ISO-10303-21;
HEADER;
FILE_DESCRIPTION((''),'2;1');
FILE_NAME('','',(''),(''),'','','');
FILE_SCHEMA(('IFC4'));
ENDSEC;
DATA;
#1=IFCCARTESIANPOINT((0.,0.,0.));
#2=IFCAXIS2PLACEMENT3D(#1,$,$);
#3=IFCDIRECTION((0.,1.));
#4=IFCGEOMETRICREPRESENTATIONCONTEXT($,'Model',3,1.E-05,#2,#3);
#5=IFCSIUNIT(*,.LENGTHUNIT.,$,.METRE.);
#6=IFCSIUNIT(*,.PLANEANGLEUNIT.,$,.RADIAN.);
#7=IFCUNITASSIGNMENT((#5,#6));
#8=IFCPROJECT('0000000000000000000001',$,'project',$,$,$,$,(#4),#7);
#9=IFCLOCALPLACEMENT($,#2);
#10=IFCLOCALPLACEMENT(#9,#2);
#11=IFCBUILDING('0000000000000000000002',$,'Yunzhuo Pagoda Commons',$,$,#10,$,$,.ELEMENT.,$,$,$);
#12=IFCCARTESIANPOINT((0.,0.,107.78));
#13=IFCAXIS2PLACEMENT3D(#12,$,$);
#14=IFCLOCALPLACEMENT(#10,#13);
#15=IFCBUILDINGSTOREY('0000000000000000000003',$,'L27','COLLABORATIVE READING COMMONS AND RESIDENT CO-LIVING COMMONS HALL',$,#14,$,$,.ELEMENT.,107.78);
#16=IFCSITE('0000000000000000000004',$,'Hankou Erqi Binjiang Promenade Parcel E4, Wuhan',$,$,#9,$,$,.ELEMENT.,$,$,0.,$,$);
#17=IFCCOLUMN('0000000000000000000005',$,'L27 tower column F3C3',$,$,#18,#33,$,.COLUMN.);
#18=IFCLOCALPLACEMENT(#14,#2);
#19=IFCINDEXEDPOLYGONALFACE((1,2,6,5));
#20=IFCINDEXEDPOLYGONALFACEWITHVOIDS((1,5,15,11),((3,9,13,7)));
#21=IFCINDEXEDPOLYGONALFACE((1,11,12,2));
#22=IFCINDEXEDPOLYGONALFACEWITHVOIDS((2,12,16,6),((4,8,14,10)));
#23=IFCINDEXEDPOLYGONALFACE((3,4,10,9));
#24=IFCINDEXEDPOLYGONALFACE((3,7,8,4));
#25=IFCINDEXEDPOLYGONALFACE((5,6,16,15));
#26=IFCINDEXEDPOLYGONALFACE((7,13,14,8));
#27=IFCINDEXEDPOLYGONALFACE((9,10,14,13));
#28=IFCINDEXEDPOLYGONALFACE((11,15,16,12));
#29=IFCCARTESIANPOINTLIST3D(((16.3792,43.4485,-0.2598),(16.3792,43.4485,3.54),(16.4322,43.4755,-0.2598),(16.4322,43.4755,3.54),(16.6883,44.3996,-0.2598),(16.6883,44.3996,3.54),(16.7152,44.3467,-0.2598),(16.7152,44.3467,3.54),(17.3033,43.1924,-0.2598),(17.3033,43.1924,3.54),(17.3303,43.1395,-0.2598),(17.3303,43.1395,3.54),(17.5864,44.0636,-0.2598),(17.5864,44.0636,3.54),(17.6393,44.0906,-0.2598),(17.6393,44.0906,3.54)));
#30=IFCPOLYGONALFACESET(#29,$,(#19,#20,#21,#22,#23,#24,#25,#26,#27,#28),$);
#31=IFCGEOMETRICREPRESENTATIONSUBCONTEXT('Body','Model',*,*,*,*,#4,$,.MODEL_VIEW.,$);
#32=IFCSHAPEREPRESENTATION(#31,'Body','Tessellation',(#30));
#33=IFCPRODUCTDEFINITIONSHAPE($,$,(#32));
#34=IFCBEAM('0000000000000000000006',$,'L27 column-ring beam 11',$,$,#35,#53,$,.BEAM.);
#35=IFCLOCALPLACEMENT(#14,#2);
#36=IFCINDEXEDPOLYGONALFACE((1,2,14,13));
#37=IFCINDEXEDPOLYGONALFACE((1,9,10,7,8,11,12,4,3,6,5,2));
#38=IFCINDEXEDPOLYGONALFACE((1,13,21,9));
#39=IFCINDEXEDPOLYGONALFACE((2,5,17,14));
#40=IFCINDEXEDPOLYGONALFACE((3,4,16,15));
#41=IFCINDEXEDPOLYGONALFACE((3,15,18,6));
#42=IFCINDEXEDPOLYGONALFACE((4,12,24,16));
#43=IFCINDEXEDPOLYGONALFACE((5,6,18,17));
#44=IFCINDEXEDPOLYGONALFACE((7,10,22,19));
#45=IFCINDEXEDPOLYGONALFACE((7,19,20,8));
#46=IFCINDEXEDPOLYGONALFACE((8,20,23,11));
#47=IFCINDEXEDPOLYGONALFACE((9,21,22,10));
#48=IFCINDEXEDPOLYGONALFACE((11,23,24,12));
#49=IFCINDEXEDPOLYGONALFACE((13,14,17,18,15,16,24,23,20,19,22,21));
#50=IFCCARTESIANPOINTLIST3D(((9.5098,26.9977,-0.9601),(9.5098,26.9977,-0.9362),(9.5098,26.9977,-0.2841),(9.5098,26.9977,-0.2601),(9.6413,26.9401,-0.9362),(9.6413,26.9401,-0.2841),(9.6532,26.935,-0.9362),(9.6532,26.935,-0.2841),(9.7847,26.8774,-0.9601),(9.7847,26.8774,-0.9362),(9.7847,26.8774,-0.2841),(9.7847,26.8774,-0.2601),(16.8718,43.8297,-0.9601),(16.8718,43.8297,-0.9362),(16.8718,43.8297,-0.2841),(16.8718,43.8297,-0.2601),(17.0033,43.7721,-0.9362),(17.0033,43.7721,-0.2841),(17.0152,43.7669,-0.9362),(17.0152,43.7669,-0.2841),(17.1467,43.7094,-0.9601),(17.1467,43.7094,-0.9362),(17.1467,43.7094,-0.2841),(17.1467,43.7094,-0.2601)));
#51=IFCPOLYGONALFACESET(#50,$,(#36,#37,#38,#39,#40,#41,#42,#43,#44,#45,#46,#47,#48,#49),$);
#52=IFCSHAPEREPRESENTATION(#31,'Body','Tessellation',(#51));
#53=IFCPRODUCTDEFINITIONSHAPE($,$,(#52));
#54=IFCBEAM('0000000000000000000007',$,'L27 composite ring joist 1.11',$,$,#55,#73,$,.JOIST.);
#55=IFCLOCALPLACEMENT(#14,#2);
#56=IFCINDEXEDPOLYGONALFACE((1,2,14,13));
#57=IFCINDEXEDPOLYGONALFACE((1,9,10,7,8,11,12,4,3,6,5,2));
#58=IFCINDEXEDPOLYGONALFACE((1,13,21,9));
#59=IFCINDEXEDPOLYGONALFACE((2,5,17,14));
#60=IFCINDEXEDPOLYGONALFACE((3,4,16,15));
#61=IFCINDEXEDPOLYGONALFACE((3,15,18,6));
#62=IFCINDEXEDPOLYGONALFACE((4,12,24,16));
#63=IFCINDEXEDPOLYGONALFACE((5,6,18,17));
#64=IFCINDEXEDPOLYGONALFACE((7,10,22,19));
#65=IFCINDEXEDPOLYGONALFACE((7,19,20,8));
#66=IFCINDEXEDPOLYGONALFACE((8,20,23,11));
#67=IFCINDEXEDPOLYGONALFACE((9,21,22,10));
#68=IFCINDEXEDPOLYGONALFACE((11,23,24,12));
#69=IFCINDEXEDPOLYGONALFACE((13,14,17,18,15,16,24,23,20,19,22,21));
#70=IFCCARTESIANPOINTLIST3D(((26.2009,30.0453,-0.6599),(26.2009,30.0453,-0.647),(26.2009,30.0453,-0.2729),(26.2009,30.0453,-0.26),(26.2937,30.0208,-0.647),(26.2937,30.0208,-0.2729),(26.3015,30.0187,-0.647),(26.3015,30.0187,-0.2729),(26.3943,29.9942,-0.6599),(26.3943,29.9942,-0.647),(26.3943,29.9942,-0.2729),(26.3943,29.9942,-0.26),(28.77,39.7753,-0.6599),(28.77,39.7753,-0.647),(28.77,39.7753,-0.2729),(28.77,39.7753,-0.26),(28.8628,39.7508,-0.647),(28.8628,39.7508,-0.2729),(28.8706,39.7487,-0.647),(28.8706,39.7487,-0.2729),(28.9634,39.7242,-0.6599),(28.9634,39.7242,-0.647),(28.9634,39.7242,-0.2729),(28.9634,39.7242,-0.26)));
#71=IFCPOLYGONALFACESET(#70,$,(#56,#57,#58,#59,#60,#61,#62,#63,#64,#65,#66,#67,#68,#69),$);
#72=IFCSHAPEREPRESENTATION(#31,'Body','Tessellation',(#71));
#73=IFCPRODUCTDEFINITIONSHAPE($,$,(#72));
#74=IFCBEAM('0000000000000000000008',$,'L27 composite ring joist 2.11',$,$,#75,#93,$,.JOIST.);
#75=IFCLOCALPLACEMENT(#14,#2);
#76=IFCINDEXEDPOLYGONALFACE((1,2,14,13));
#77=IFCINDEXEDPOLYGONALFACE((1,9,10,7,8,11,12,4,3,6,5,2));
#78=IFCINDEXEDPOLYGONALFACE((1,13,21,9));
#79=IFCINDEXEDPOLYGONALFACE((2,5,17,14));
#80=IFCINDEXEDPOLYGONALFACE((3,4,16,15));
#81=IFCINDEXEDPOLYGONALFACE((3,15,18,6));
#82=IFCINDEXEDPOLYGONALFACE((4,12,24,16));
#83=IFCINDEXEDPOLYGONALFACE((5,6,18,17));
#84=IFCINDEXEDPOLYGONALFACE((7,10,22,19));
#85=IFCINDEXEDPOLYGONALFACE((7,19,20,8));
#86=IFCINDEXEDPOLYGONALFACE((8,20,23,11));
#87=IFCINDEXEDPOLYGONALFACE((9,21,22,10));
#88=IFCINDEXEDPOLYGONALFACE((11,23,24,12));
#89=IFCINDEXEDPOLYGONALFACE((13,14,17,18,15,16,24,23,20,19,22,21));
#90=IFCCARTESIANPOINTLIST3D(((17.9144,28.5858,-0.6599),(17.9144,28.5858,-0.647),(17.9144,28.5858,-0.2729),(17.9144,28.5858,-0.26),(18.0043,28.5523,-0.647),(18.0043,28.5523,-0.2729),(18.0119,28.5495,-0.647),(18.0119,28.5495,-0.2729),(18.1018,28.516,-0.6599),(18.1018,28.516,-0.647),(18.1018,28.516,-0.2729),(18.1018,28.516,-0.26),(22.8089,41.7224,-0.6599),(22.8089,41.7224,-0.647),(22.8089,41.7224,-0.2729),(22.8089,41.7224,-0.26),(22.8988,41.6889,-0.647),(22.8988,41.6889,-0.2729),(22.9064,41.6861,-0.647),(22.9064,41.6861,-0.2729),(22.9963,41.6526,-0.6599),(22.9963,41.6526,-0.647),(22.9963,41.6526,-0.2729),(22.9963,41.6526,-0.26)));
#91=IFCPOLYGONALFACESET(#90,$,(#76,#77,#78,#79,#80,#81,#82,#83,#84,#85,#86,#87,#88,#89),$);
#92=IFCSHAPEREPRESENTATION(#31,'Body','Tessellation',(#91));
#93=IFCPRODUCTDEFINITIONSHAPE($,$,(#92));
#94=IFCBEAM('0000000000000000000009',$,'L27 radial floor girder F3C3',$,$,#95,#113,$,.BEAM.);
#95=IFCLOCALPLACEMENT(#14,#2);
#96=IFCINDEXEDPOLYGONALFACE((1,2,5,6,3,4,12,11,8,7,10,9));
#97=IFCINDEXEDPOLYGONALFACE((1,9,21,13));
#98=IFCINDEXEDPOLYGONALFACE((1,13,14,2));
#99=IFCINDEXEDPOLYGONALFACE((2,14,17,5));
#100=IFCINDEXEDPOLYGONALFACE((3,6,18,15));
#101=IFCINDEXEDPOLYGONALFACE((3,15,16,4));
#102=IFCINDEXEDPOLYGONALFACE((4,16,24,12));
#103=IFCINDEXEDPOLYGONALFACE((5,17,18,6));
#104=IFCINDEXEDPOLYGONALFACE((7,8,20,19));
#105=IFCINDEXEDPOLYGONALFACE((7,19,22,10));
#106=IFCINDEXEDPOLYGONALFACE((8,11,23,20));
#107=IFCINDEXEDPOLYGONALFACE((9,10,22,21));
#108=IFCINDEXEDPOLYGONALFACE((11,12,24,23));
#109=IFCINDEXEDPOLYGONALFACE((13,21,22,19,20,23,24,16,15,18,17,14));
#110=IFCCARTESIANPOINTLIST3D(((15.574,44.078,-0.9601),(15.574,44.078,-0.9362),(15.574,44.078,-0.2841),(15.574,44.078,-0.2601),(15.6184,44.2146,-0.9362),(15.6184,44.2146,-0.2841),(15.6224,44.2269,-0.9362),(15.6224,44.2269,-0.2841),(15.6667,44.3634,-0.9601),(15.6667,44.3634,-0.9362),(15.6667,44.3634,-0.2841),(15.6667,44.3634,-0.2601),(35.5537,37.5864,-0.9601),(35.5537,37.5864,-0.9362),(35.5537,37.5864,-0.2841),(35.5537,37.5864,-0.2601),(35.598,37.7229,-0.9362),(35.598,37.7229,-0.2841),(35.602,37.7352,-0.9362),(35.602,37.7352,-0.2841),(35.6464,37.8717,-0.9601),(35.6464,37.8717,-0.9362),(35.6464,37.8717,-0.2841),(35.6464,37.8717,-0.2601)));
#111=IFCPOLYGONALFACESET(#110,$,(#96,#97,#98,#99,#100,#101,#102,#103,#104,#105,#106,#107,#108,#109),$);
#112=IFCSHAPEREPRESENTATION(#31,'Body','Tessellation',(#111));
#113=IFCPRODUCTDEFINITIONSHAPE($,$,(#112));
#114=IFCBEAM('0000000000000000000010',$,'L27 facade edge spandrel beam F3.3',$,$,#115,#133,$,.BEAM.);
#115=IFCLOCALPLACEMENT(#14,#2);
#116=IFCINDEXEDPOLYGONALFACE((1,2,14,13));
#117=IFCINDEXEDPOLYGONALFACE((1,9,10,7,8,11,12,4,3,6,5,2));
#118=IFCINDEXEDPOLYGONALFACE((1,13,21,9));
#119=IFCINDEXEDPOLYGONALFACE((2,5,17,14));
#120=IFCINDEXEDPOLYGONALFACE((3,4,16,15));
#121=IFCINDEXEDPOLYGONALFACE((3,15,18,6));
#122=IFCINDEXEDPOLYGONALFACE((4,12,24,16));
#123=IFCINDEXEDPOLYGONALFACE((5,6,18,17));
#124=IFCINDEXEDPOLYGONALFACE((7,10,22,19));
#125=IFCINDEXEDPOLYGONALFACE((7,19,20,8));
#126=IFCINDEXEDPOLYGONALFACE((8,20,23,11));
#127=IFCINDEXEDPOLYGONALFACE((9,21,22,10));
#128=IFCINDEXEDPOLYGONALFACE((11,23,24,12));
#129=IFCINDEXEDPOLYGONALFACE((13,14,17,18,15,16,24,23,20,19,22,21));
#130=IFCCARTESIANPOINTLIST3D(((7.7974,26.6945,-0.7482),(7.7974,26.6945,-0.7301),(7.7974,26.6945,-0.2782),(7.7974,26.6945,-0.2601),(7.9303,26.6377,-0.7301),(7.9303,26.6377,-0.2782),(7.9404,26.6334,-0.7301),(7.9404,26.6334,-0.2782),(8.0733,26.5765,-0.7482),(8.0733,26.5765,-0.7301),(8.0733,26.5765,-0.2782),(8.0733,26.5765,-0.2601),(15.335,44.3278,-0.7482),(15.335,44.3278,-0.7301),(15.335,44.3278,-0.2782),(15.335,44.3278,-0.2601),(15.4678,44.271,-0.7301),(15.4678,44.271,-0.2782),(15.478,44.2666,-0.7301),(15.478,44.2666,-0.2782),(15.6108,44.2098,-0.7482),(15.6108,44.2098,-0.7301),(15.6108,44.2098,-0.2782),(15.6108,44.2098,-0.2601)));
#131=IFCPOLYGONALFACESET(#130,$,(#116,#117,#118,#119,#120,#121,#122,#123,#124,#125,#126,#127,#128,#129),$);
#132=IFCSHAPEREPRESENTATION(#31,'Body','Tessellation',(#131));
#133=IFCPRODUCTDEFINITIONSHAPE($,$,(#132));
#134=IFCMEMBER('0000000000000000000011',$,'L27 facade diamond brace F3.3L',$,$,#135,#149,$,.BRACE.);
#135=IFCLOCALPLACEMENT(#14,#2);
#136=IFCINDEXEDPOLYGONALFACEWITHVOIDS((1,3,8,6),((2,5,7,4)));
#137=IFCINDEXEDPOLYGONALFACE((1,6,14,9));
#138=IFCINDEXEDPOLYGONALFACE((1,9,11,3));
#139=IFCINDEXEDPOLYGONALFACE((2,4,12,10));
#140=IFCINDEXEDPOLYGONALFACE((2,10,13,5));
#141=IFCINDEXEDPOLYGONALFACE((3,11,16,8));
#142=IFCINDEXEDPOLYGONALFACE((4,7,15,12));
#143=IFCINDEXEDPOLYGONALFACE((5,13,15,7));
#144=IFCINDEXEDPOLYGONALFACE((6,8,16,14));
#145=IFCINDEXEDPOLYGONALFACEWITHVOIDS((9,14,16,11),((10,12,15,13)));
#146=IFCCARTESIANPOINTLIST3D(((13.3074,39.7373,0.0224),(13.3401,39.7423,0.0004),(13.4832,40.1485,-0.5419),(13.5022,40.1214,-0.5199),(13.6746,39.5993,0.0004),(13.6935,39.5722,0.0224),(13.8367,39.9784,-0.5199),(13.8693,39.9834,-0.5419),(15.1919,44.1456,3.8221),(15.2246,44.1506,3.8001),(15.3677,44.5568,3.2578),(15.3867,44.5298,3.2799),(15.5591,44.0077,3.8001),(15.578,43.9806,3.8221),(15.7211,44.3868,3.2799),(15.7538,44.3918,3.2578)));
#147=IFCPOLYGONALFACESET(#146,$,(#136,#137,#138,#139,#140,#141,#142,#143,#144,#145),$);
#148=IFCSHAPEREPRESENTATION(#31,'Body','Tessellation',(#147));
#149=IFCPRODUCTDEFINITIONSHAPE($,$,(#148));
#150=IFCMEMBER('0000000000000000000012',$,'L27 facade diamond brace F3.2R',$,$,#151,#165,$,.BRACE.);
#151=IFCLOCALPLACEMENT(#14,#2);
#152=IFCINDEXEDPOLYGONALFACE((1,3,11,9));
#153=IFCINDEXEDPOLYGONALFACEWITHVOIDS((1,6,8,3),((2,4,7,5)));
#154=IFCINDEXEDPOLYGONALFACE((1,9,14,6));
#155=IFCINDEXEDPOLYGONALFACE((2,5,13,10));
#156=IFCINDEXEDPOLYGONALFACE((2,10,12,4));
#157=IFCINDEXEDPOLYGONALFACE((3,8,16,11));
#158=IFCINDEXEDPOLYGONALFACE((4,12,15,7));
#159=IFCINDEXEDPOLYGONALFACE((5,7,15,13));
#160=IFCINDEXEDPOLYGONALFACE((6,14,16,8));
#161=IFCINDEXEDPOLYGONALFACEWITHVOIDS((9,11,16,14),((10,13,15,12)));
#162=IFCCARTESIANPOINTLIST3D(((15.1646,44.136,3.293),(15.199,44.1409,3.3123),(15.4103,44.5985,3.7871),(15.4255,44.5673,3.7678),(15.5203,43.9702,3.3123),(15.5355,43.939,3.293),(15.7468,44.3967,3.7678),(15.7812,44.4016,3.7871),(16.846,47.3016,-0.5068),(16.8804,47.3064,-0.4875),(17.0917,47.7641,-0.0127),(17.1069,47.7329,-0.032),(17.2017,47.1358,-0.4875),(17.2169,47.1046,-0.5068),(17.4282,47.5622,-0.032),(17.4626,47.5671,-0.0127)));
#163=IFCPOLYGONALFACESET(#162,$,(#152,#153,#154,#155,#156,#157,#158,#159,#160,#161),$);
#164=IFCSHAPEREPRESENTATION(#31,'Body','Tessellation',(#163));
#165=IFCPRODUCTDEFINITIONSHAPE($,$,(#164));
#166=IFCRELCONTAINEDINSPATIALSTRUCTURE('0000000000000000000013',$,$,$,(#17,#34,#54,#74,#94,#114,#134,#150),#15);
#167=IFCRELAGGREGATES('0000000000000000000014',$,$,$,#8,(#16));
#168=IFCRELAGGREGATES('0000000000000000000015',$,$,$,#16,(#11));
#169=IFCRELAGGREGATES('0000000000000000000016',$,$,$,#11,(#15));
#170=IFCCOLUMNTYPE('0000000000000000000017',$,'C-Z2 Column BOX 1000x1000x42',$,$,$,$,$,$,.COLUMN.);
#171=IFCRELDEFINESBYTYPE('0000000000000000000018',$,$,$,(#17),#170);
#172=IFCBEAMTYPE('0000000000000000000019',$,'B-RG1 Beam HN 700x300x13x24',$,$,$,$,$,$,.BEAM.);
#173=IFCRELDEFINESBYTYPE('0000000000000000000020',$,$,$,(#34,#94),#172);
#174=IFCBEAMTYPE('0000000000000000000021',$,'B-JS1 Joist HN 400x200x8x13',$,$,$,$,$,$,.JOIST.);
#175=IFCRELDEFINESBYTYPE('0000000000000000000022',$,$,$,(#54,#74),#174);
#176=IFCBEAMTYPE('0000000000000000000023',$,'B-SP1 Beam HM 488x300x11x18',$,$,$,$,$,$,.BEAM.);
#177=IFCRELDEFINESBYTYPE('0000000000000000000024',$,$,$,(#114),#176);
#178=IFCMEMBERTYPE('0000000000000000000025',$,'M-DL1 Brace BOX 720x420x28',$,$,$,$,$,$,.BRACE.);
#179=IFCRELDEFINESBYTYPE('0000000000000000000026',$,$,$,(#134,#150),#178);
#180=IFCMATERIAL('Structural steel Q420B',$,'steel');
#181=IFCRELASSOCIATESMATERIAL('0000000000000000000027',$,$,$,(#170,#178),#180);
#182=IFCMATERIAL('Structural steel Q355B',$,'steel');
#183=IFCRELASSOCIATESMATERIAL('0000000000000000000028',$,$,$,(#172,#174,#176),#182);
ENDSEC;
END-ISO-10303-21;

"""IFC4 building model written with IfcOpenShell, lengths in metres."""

from ifc_helpers import new_model, si_unit, direction, frame, origin, origin_2d, place, context, subcontext, project, spatial, hollow_rectangle, i_section, extrude, source, transform, mapped, material, material_profile, profile_set, type_object, element, save


model = new_model("IFC4")

# Units and contexts
model_context = context("Model", 3, precision=1e-05, world=origin(), true_north=direction((0.0, 1.0)))
body_context = subcontext(model_context, "Body", "Model", "MODEL_VIEW")
ifc_project = project(units=[si_unit("LENGTHUNIT", "METRE"), si_unit("PLANEANGLEUNIT", "RADIAN")], contexts=[model_context])

# Site, building, storey
site_placement = place(None, origin())
site = spatial("IfcSite", under=ifc_project, at=site_placement, Name="Hankou Erqi Binjiang Promenade Parcel E4, Wuhan", CompositionType="ELEMENT", RefElevation=0.0)
building_placement = place(site_placement, origin())
building = spatial("IfcBuilding", under=site, at=building_placement, Name="Yunzhuo Pagoda Commons", CompositionType="ELEMENT")
storey_placement = place(building_placement, frame((0.0, 0.0, 107.78)))
storey = spatial("IfcBuildingStorey", under=building, at=storey_placement, Name="L27", Description="COLLABORATIVE READING COMMONS AND RESIDENT CO-LIVING COMMONS HALL", CompositionType="ELEMENT", Elevation=107.78)

# Column
ifc_material_1 = material(Name="Structural steel Q420B", Category="steel")
ifc_material_profile_1 = material_profile(ifc_material_1, hollow_rectangle(XDim=1.0, YDim=1.0, WallThickness=0.042, at=origin_2d()), Name="Structural steel Q420B")
ifc_profile_set_1 = profile_set([ifc_material_profile_1], Name="Structural steel Q420B")
column_type = type_object("IfcColumnType", Name="C-Z2 Column BOX 1000x1000x42", PredefinedType="COLUMN", material=ifc_profile_set_1)
shared_shape_1 = source(origin(), body_context, "Body", "SweptSolid", [
    extrude(hollow_rectangle(XDim=1.0, YDim=1.0, WallThickness=0.042, at=origin_2d()), origin(), (0.0, 0.0, 1.0), 3.7998),
])
column_placement = place(storey_placement, frame((17.0093, 43.7695, -0.2598), z_axis=(0.0, 0.0, 1.0), x_axis=(-0.309017, -0.951057, 0.0)))
element("IfcColumn", 1, at=column_placement, inside=storey, type_object=column_type, Name="L27 tower column F3C3", PredefinedType="COLUMN", context=body_context, shape_type="MappedRepresentation", body=[
    mapped(shared_shape_1, transform((0.0, 0.0, 0.0), scale=1.0)),
])

# Beams
ifc_material_2 = material(Name="Structural steel Q355B", Category="steel")
ifc_material_profile_2 = material_profile(ifc_material_2, i_section(OverallWidth=0.3, OverallDepth=0.7, WebThickness=0.0129, FlangeThickness=0.0239, at=origin_2d()), Name="Structural steel Q355B")
ifc_profile_set_2 = profile_set([ifc_material_profile_2], Name="Structural steel Q355B")
beam_type_1 = type_object("IfcBeamType", Name="B-RG1 Beam HN 700x300x13x24", PredefinedType="BEAM", material=ifc_profile_set_2)
shared_shape_2 = source(origin(), body_context, "Body", "SweptSolid", [
    extrude(i_section(OverallWidth=0.3, OverallDepth=0.7, WebThickness=0.0129, FlangeThickness=0.0239, at=origin_2d()), origin(), (0.0, 0.0, 1.0), 18.3716),
])
beam_1_placement = place(storey_placement, frame((17.0093, 43.7695, -0.6101), z_axis=(-0.40073, -0.916196, 0.0), x_axis=(0.916196, -0.40073, 0.0)))
element("IfcBeam", 2, at=beam_1_placement, inside=storey, type_object=beam_type_1, Name="L27 column-ring beam 11", PredefinedType="BEAM", context=body_context, shape_type="MappedRepresentation", body=[
    mapped(shared_shape_2, transform((0.0, 0.0, 0.0), scale=1.0)),
])
ifc_material_profile_3 = material_profile(ifc_material_2, i_section(OverallWidth=0.2, OverallDepth=0.3999, WebThickness=0.0081, FlangeThickness=0.0129, at=origin_2d()), Name="Structural steel Q355B")
ifc_profile_set_3 = profile_set([ifc_material_profile_3], Name="Structural steel Q355B")
beam_type_2 = type_object("IfcBeamType", Name="B-JS1 Joist HN 400x200x8x13", PredefinedType="JOIST", material=ifc_profile_set_3)
shared_shape_3 = source(origin(), body_context, "Body", "SweptSolid", [
    extrude(i_section(OverallWidth=0.2, OverallDepth=0.3999, WebThickness=0.0081, FlangeThickness=0.0129, at=origin_2d()), origin(), (0.0, 0.0, 1.0), 10.0635),
])
beam_2_placement = place(storey_placement, frame((28.8667, 39.7498, -0.46), z_axis=(-0.25529, -0.966865, 0.0), x_axis=(0.966865, -0.25529, 0.0)))
element("IfcBeam", 3, at=beam_2_placement, inside=storey, type_object=beam_type_2, Name="L27 composite ring joist 1.11", PredefinedType="JOIST", context=body_context, shape_type="MappedRepresentation", body=[
    mapped(shared_shape_3, transform((0.0, 0.0, 0.0), scale=1.0)),
])
shared_shape_4 = source(origin(), body_context, "Body", "SweptSolid", [
    extrude(i_section(OverallWidth=0.2, OverallDepth=0.3999, WebThickness=0.0081, FlangeThickness=0.0129, at=origin_2d()), origin(), (0.0, 0.0, 1.0), 14.0188),
])
beam_3_placement = place(storey_placement, frame((22.9026, 41.6875, -0.46), z_axis=(-0.349138, -0.937071, 0.0), x_axis=(0.937071, -0.349138, 0.0)))
element("IfcBeam", 4, at=beam_3_placement, inside=storey, type_object=beam_type_2, Name="L27 composite ring joist 2.11", PredefinedType="JOIST", context=body_context, shape_type="MappedRepresentation", body=[
    mapped(shared_shape_4, transform((0.0, 0.0, 0.0), scale=1.0)),
])
shared_shape_5 = source(origin(), body_context, "Body", "SweptSolid", [
    extrude(i_section(OverallWidth=0.3, OverallDepth=0.7, WebThickness=0.0129, FlangeThickness=0.0239, at=origin_2d()), origin(), (0.0, 0.0, 1.0), 21.0078),
])
beam_4_placement = place(storey_placement, frame((15.6204, 44.2207, -0.6101), z_axis=(0.951058, -0.309012, 0.0), x_axis=(0.309012, 0.951058, 0.0)))
element("IfcBeam", 5, at=beam_4_placement, inside=storey, type_object=beam_type_1, Name="L27 radial floor girder F3C3", PredefinedType="BEAM", context=body_context, shape_type="MappedRepresentation", body=[
    mapped(shared_shape_5, transform((0.0, 0.0, 0.0), scale=1.0)),
])
ifc_material_profile_4 = material_profile(ifc_material_2, i_section(OverallWidth=0.3, OverallDepth=0.488, WebThickness=0.011, FlangeThickness=0.0181, at=origin_2d()), Name="Structural steel Q355B")
ifc_profile_set_4 = profile_set([ifc_material_profile_4], Name="Structural steel Q355B")
beam_type_3 = type_object("IfcBeamType", Name="B-SP1 Beam HM 488x300x11x18", PredefinedType="BEAM", material=ifc_profile_set_4)
shared_shape_6 = source(origin(), body_context, "Body", "SweptSolid", [
    extrude(i_section(OverallWidth=0.3, OverallDepth=0.488, WebThickness=0.011, FlangeThickness=0.0181, at=origin_2d()), origin(), (0.0, 0.0, 1.0), 19.1768),
])
beam_5_placement = place(storey_placement, frame((15.4729, 44.2688, -0.5042), z_axis=(-0.393059, -0.919513, 0.0), x_axis=(0.919513, -0.393059, 0.0)))
element("IfcBeam", 6, at=beam_5_placement, inside=storey, type_object=beam_type_3, Name="L27 facade edge spandrel beam F3.3", PredefinedType="BEAM", context=body_context, shape_type="MappedRepresentation", body=[
    mapped(shared_shape_6, transform((0.0, 0.0, 0.0), scale=1.0)),
])

# Members
ifc_material_profile_5 = material_profile(ifc_material_1, hollow_rectangle(XDim=0.4199, YDim=0.72, WallThickness=0.0281, at=origin_2d()), Name="Structural steel Q420B")
ifc_profile_set_5 = profile_set([ifc_material_profile_5], Name="Structural steel Q420B")
member_type_1 = type_object("IfcMemberType", Name="M-DL1 Brace BOX 720x420x28", PredefinedType="BRACE", material=ifc_profile_set_5)
shared_shape_7 = source(origin(), body_context, "Body", "SweptSolid", [
    extrude(hollow_rectangle(XDim=0.4199, YDim=0.72, WallThickness=0.0281, at=origin_2d()), origin(), (0.0, 0.0, 1.0), 6.1174),
])
member_1_placement = place(storey_placement, frame((13.5884, 39.8604, -0.2598), z_axis=(0.308052, 0.720624, 0.621132), x_axis=(-0.919508, 0.393071, 0.0)))
element("IfcMember", 7, at=member_1_placement, inside=storey, type_object=member_type_1, Name="L27 facade diamond brace F3.3L", PredefinedType="BRACE", context=body_context, shape_type="MappedRepresentation", body=[
    mapped(shared_shape_7, transform((0.0, 0.0, 0.0), scale=1.0)),
])
shared_shape_8 = source(origin(), body_context, "Body", "SweptSolid", [
    extrude(hollow_rectangle(XDim=0.4199, YDim=0.72, WallThickness=0.0281, at=origin_2d()), origin(), (0.0, 0.0, 1.0), 5.2236),
])
member_2_placement = place(storey_placement, frame((17.1543, 47.4343, -0.2598), z_axis=(-0.321884, -0.606003, 0.727428), x_axis=(0.883149, -0.469092, 0.0)))
element("IfcMember", 8, at=member_2_placement, inside=storey, type_object=member_type_1, Name="L27 facade diamond brace F3.2R", PredefinedType="BRACE", context=body_context, shape_type="MappedRepresentation", body=[
    mapped(shared_shape_8, transform((0.0, 0.0, 0.0), scale=1.0)),
])

save(model, "model.ifc")
